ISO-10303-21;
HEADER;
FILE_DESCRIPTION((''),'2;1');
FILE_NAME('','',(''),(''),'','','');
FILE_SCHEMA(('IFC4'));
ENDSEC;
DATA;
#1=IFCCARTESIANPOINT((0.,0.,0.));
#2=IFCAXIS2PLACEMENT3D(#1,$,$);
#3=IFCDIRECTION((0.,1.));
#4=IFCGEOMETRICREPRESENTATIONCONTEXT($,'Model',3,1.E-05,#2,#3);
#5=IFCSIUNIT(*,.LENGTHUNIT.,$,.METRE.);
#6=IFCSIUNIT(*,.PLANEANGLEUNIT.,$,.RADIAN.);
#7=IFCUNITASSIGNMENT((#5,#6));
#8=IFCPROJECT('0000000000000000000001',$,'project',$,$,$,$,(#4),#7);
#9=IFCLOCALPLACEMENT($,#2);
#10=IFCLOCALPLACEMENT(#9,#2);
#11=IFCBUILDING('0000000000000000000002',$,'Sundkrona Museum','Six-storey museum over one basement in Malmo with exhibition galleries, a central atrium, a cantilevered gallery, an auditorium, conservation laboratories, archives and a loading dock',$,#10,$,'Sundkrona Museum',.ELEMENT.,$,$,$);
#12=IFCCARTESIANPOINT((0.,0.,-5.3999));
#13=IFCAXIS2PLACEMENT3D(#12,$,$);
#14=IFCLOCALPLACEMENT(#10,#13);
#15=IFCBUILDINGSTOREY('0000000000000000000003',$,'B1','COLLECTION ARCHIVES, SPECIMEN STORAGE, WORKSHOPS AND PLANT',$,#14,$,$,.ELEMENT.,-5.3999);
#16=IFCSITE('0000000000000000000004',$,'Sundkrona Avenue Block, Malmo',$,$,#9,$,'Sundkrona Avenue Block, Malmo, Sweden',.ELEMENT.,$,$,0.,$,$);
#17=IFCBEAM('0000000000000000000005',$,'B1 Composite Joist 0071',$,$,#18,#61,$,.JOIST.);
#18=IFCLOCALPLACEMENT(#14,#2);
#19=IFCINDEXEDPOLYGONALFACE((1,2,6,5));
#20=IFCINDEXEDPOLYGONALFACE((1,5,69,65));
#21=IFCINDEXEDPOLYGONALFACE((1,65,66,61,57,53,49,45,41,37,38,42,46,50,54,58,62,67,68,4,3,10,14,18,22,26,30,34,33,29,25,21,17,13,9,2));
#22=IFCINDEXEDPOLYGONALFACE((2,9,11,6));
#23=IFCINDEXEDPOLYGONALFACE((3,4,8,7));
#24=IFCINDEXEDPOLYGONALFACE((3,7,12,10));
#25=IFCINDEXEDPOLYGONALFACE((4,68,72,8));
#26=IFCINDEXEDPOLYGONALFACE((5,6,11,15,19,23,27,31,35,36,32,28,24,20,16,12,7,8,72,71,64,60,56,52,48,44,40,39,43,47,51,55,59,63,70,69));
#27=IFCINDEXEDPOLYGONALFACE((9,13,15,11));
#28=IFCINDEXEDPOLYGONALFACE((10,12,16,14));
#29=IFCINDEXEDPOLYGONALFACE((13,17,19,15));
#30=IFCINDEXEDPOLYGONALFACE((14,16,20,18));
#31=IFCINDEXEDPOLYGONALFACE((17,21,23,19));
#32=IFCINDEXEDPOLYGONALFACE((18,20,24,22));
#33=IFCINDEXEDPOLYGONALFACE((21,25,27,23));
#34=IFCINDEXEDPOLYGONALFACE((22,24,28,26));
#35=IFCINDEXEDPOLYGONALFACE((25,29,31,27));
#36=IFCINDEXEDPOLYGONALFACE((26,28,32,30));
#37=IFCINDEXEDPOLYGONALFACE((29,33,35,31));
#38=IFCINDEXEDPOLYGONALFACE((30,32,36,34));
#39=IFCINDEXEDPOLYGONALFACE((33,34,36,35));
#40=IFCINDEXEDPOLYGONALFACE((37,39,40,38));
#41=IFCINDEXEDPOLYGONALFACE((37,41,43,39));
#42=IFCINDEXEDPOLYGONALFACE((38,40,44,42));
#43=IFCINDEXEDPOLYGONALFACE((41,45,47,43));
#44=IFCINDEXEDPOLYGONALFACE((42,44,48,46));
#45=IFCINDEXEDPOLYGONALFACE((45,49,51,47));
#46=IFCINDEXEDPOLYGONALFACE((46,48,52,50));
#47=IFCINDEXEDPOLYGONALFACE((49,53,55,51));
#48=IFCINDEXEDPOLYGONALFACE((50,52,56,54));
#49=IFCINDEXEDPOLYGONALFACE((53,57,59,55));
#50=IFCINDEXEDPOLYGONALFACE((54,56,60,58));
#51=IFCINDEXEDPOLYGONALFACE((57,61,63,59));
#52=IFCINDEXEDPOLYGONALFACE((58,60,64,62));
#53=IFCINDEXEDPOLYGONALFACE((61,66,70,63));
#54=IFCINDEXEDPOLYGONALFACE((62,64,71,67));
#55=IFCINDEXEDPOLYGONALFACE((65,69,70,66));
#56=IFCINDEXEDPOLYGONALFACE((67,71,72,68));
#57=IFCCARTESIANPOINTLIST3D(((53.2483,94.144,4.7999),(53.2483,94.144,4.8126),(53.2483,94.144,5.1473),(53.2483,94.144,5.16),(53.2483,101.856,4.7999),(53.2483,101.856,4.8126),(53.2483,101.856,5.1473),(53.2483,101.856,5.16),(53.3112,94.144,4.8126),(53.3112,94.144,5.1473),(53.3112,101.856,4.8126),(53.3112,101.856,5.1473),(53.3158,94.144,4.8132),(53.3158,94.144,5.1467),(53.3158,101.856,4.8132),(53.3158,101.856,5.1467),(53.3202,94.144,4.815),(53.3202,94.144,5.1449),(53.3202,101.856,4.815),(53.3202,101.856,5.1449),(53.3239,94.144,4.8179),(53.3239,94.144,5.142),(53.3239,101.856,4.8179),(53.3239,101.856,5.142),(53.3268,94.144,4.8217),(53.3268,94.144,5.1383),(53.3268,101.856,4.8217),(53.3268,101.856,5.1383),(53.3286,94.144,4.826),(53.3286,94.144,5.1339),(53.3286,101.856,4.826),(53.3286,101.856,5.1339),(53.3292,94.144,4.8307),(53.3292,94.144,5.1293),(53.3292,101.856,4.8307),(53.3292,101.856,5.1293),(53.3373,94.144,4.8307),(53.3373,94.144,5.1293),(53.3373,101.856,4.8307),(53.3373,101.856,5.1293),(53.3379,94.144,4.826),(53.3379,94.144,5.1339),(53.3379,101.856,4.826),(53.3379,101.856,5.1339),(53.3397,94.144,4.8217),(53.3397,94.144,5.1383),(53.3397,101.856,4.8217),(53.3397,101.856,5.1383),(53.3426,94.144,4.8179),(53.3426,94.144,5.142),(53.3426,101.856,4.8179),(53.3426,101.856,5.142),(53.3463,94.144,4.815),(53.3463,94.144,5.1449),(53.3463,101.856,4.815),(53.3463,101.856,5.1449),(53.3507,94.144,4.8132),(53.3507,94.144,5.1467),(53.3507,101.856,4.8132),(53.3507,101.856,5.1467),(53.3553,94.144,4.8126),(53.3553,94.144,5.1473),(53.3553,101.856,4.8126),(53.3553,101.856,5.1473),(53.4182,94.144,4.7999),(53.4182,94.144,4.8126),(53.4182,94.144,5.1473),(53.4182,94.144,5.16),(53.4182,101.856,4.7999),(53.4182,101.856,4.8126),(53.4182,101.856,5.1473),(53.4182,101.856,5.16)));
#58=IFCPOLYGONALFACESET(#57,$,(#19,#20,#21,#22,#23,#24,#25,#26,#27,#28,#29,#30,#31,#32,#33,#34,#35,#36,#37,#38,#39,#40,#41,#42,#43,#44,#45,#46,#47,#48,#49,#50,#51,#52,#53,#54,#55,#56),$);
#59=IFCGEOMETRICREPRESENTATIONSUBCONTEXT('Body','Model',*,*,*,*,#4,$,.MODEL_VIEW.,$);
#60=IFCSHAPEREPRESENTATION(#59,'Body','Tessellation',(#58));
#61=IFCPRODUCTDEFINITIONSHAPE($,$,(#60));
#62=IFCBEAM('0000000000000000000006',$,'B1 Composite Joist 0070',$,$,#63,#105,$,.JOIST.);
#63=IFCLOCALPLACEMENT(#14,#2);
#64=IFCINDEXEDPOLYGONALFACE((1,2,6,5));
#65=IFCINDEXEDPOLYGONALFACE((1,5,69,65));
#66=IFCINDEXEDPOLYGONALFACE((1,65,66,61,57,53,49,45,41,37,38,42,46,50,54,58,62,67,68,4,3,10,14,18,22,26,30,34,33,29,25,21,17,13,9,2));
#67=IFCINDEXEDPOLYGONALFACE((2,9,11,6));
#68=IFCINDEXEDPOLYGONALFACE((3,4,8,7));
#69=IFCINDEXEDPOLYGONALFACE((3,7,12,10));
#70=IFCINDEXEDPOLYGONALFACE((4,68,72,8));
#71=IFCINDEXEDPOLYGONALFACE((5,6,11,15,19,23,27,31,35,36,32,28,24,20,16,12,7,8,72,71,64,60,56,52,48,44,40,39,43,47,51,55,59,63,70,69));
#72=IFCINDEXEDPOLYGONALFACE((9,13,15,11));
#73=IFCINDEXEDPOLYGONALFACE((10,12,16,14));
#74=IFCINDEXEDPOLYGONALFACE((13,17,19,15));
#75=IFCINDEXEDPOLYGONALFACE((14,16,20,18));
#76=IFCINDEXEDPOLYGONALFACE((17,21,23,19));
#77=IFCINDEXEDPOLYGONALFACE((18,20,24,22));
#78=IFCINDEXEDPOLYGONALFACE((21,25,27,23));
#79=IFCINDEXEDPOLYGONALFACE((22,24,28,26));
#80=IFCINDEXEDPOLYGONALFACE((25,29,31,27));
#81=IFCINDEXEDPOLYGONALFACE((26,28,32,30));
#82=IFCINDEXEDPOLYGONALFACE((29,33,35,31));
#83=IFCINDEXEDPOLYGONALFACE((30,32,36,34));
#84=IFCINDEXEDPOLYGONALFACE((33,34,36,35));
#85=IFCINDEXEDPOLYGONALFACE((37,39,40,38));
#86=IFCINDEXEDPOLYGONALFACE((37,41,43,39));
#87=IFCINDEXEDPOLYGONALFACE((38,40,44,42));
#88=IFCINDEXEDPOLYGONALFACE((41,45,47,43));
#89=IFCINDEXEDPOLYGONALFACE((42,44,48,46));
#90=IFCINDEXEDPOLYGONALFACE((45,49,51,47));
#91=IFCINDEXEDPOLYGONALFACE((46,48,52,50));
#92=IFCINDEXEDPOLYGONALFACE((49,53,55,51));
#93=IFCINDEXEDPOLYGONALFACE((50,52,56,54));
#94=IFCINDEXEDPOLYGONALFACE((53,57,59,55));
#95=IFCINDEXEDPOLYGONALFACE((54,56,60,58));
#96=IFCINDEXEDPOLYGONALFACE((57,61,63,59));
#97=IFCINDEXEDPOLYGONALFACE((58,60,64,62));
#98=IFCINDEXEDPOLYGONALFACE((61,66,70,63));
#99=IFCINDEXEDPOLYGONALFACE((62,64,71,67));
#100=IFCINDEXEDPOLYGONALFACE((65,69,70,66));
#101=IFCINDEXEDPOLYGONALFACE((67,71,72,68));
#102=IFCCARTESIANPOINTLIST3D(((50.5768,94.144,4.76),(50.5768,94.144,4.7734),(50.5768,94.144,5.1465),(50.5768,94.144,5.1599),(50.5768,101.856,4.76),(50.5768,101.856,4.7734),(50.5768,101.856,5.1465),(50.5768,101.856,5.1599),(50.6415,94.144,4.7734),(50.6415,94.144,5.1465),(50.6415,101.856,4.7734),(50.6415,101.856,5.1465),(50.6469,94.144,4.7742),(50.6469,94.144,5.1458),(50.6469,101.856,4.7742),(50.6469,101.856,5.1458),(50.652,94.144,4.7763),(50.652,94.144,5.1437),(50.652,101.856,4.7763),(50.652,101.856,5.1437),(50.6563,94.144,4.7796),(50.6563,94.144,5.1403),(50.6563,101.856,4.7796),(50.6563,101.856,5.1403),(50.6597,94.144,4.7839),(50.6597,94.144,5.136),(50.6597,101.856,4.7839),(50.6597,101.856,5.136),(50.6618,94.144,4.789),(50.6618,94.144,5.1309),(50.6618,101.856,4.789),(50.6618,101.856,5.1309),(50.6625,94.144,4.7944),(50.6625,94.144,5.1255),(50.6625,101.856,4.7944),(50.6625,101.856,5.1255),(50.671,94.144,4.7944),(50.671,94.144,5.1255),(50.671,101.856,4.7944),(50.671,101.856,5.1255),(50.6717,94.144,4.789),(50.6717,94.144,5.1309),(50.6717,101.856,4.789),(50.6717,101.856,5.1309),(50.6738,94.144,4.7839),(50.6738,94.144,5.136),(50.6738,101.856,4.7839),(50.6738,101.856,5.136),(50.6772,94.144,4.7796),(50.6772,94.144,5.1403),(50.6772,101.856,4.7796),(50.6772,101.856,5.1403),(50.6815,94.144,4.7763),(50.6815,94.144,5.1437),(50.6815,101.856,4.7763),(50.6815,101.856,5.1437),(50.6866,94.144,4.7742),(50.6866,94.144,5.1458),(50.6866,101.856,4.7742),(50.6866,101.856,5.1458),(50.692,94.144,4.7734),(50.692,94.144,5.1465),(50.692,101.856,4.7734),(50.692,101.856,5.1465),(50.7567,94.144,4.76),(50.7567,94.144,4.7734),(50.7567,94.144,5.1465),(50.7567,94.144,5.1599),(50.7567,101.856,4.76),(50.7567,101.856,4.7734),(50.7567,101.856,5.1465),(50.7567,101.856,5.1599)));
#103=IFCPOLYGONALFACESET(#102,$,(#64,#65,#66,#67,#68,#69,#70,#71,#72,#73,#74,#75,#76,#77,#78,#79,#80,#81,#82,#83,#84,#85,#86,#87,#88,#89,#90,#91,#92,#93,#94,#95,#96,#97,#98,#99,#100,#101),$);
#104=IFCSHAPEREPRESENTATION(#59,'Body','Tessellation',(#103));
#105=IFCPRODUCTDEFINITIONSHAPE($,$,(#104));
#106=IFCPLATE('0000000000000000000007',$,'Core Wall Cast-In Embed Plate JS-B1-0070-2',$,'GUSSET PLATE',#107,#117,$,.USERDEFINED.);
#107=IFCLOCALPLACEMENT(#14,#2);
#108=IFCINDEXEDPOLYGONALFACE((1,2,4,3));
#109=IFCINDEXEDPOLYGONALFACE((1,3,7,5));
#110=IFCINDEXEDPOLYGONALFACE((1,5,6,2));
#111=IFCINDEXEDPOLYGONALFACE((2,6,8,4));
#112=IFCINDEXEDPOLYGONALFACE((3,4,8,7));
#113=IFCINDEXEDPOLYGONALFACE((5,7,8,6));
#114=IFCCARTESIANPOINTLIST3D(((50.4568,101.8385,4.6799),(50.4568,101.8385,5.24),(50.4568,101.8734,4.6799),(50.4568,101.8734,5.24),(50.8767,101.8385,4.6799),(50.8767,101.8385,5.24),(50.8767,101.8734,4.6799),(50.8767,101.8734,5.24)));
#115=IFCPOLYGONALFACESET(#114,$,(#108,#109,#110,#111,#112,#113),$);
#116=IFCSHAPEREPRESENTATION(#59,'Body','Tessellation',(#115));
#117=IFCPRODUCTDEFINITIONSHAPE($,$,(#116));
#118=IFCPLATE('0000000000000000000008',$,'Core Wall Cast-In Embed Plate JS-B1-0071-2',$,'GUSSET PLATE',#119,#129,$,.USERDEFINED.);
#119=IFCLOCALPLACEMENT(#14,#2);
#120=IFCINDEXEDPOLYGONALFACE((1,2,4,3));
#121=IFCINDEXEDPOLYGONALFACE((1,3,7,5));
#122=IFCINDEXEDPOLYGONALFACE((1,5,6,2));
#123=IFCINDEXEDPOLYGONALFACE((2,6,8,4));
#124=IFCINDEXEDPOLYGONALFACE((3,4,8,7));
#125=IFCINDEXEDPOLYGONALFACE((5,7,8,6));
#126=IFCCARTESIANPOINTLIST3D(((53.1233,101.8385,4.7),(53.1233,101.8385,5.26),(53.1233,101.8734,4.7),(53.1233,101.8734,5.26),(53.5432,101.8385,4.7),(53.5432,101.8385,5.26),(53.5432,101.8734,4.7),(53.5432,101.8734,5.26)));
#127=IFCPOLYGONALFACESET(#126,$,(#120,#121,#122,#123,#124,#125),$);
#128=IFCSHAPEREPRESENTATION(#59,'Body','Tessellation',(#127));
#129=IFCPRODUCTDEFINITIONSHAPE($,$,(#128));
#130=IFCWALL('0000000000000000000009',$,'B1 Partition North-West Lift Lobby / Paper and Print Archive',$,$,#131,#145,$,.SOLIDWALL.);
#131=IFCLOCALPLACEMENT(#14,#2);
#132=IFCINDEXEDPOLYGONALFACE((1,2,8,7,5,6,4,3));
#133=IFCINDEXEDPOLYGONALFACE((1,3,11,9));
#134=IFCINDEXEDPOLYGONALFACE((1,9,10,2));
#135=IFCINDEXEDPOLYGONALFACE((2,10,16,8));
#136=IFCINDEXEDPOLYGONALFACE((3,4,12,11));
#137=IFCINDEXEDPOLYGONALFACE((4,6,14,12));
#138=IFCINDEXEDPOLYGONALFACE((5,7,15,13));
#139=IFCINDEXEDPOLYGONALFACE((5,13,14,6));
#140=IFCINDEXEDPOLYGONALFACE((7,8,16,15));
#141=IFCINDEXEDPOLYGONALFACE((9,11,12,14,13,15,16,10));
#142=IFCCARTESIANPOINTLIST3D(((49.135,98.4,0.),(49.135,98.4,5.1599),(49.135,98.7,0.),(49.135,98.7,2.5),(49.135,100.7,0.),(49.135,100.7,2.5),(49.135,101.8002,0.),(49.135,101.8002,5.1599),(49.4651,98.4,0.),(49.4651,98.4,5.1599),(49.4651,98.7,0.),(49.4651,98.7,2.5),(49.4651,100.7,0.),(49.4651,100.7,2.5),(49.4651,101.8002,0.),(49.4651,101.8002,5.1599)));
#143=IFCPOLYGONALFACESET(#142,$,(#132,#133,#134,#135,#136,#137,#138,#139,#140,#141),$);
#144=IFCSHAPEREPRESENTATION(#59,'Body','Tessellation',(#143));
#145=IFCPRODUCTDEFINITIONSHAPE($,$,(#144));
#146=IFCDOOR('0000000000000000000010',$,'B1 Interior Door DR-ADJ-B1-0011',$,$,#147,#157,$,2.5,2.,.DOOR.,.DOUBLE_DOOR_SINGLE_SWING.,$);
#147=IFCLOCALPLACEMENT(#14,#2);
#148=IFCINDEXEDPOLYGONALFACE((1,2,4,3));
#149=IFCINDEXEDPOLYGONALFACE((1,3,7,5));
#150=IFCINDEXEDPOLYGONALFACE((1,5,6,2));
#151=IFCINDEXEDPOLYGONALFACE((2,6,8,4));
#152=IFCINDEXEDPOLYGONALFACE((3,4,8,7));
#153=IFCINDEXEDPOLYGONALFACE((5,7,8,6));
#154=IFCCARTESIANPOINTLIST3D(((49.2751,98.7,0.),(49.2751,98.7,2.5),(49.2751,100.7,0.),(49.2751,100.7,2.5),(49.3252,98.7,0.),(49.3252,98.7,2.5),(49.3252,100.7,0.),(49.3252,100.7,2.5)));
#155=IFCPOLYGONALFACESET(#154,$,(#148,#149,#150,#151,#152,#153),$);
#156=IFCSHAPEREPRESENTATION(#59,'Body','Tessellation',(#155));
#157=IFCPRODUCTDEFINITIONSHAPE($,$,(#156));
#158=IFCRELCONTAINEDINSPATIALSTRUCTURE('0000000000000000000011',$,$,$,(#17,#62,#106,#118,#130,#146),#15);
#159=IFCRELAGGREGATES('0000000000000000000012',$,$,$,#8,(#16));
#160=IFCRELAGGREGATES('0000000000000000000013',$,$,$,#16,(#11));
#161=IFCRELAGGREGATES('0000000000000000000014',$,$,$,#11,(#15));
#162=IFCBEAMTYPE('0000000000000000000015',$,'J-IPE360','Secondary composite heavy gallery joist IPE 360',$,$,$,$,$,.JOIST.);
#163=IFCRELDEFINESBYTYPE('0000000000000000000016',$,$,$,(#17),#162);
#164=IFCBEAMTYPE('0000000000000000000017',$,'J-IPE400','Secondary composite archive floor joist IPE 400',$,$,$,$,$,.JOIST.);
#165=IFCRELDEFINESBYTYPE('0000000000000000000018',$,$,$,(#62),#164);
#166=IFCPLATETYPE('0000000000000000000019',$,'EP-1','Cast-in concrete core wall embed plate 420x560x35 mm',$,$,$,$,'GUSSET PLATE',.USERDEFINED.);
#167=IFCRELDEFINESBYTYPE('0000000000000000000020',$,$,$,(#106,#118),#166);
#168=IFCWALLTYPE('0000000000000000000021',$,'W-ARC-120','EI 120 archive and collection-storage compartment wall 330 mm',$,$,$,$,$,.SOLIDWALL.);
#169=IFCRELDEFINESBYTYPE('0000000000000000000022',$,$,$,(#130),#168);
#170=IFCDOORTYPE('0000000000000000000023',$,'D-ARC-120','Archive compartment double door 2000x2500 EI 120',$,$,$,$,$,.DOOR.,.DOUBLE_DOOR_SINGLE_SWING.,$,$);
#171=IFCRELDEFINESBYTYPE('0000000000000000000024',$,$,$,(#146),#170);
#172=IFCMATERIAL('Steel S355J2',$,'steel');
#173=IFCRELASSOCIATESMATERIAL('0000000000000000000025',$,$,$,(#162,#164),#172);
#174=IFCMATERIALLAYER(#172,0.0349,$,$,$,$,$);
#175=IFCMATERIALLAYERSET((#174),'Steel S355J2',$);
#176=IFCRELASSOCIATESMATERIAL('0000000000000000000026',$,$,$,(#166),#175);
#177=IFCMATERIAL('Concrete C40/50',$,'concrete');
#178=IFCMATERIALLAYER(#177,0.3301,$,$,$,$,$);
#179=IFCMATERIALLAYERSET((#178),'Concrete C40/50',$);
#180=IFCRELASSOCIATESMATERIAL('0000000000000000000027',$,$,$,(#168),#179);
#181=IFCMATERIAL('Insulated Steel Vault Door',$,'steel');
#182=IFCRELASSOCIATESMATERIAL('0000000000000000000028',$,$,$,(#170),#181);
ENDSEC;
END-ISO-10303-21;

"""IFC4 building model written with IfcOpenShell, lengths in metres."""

from ifc_helpers import new_model, si_unit, direction, frame, frame_2d, origin, origin_2d, place, context, subcontext, project, spatial, rectangle, i_section, extrude, material, layer, layer_set, material_profile, profile_set, type_object, element, fill, save


model = new_model("IFC4")

# Units and contexts
model_context = context("Model", 3, precision=1e-05, world=origin(), true_north=direction((0.0, 1.0)))
body_context = subcontext(model_context, "Body", "Model", "MODEL_VIEW")
ifc_project = project(units=[si_unit("LENGTHUNIT", "METRE"), si_unit("PLANEANGLEUNIT", "RADIAN")], contexts=[model_context])

# Site, building, storey
site_placement = place(None, origin())
site = spatial("IfcSite", under=ifc_project, at=site_placement, Name="Sundkrona Avenue Block, Malmo", LongName="Sundkrona Avenue Block, Malmo, Sweden", CompositionType="ELEMENT", RefElevation=0.0)
building_placement = place(site_placement, origin())
building = spatial("IfcBuilding", under=site, at=building_placement, Name="Sundkrona Museum", Description="Six-storey museum over one basement in Malmo with exhibition galleries, a central atrium, a cantilevered gallery, an auditorium, conservation laboratories, archives and a loading dock", LongName="Sundkrona Museum", CompositionType="ELEMENT")
storey_placement = place(building_placement, frame((0.0, 0.0, -5.3999)))
storey = spatial("IfcBuildingStorey", under=building, at=storey_placement, Name="B1", Description="COLLECTION ARCHIVES, SPECIMEN STORAGE, WORKSHOPS AND PLANT", CompositionType="ELEMENT", Elevation=-5.3999)

# Shared definitions
ifc_material_1 = material(Name="Concrete C40/50", Category="concrete")

# Beams
ifc_material_2 = material(Name="Steel S355J2", Category="steel")
ifc_material_profile_1 = material_profile(ifc_material_2, i_section(OverallWidth=0.1699, OverallDepth=0.3601, WebThickness=0.0081, FlangeThickness=0.0127, FilletRadius=0.0181, at=origin_2d()), Name="IPE 360")
ifc_profile_set_1 = profile_set([ifc_material_profile_1], Name="Steel S355J2")
beam_type_1 = type_object("IfcBeamType", Name="J-IPE360", Description="Secondary composite heavy gallery joist IPE 360", PredefinedType="JOIST", material=ifc_profile_set_1)
beam_1_placement = place(storey_placement, frame((53.3333, 94.144, 4.98), z_axis=(0.0, 1.0, 0.0), x_axis=(-1.0, 0.0, 0.0)))
element("IfcBeam", 1, at=beam_1_placement, inside=storey, type_object=beam_type_1, Name="B1 Composite Joist 0071", PredefinedType="JOIST", context=body_context, shape_type="SweptSolid", body=[
    extrude(i_section(OverallWidth=0.1699, OverallDepth=0.3601, WebThickness=0.0081, FlangeThickness=0.0127, FilletRadius=0.0181, at=origin_2d()), origin(), (0.0, 0.0, 1.0), 7.7119),
])
ifc_material_profile_2 = material_profile(ifc_material_2, i_section(OverallWidth=0.1799, OverallDepth=0.3999, WebThickness=0.0085, FlangeThickness=0.0134, FilletRadius=0.021, at=origin_2d()), Name="IPE 400")
ifc_profile_set_2 = profile_set([ifc_material_profile_2], Name="Steel S355J2")
beam_type_2 = type_object("IfcBeamType", Name="J-IPE400", Description="Secondary composite archive floor joist IPE 400", PredefinedType="JOIST", material=ifc_profile_set_2)
beam_2_placement = place(storey_placement, frame((50.6667, 94.144, 4.96), z_axis=(0.0, 1.0, 0.0), x_axis=(-1.0, 0.0, 0.0)))
element("IfcBeam", 2, at=beam_2_placement, inside=storey, type_object=beam_type_2, Name="B1 Composite Joist 0070", PredefinedType="JOIST", context=body_context, shape_type="SweptSolid", body=[
    extrude(i_section(OverallWidth=0.1799, OverallDepth=0.3999, WebThickness=0.0085, FlangeThickness=0.0134, FilletRadius=0.021, at=origin_2d()), origin(), (0.0, 0.0, 1.0), 7.7119),
])

# Plates
ifc_layer_1 = layer(ifc_material_2, 0.0349)
ifc_layer_set_1 = layer_set([ifc_layer_1], Name="Steel S355J2")
plate_type = type_object("IfcPlateType", Name="EP-1", Description="Cast-in concrete core wall embed plate 420x560x35 mm", ElementType="GUSSET PLATE", PredefinedType="USERDEFINED", material=ifc_layer_set_1)
for number, where, z_axis, x_axis, name in (
    (3, (50.6667, 101.856, 4.6799), (0.0, 0.0, 1.0), (1.0, 0.0, 0.0), "Core Wall Cast-In Embed Plate JS-B1-0070-2"),
    (4, (53.3333, 101.856, 4.7), (0.0, 0.0, 1.0), (1.0, 0.0, 0.0), "Core Wall Cast-In Embed Plate JS-B1-0071-2"),
):
    element("IfcPlate", number, at=place(storey_placement, frame(where, z_axis=z_axis, x_axis=x_axis)), inside=storey, type_object=plate_type, Name=name, ObjectType="GUSSET PLATE", PredefinedType="USERDEFINED", context=body_context, shape_type="SweptSolid", body=[
        extrude(rectangle(XDim=0.4199, YDim=0.0349, at=origin_2d()), origin(), (0.0, 0.0, 1.0), 0.5601),
    ])

# Wall, opening, door
ifc_layer_2 = layer(ifc_material_1, 0.3301)
ifc_layer_set_2 = layer_set([ifc_layer_2], Name="Concrete C40/50")
wall_type_1 = type_object("IfcWallType", Name="W-ARC-120", Description="EI 120 archive and collection-storage compartment wall 330 mm", PredefinedType="SOLIDWALL", material=ifc_layer_set_2)
wall_1_placement = place(storey_placement, frame((49.3, 98.3999, 0.0), z_axis=(0.0, 0.0, 1.0), x_axis=(0.0, 1.0, 0.0)))
wall_1 = element("IfcWall", 5, at=wall_1_placement, inside=storey, type_object=wall_type_1, Name="B1 Partition North-West Lift Lobby / Paper and Print Archive", PredefinedType="SOLIDWALL", context=body_context, shape_type="SweptSolid", body=[
    extrude(rectangle(XDim=3.4001, YDim=0.3301, at=frame_2d((1.7002, 0.0))), origin(), (0.0, 0.0, 1.0), 5.1599),
])
opening_1_placement = place(wall_1_placement, frame((0.3, 0.0, 0.0)))
opening_1 = element("IfcOpeningElement", 6, at=opening_1_placement, cuts=wall_1, PredefinedType="OPENING", context=body_context, shape_type="SweptSolid", body=[
    extrude(rectangle(XDim=2.0, YDim=2.5, at=frame_2d((1.0, 1.25))), frame((0.0, 0.175, 0.0), z_axis=(0.0, -1.0, 0.0), x_axis=(1.0, 0.0, 0.0)), (0.0, 0.0, 1.0), 0.3501),
])
ifc_material_3 = material(Name="Insulated Steel Vault Door", Category="steel")
door_type_1 = type_object("IfcDoorType", Name="D-ARC-120", Description="Archive compartment double door 2000x2500 EI 120", OperationType="DOUBLE_DOOR_SINGLE_SWING", PredefinedType="DOOR", material=ifc_material_3)
door_1_placement = place(opening_1_placement, origin())
door_1 = element("IfcDoor", 7, at=door_1_placement, inside=storey, type_object=door_type_1, Name="B1 Interior Door DR-ADJ-B1-0011", OperationType="DOUBLE_DOOR_SINGLE_SWING", OverallHeight=2.5, OverallWidth=2.0, PredefinedType="DOOR", context=body_context, shape_type="SweptSolid", body=[
    extrude(rectangle(XDim=2.0, YDim=2.5, at=frame_2d((1.0, 1.25))), frame((0.0, 0.0249, 0.0), z_axis=(0.0, -1.0, 0.0), x_axis=(1.0, 0.0, 0.0)), (0.0, 0.0, 1.0), 0.05),
])
fill(opening_1, door_1)

save(model, "model.ifc")
